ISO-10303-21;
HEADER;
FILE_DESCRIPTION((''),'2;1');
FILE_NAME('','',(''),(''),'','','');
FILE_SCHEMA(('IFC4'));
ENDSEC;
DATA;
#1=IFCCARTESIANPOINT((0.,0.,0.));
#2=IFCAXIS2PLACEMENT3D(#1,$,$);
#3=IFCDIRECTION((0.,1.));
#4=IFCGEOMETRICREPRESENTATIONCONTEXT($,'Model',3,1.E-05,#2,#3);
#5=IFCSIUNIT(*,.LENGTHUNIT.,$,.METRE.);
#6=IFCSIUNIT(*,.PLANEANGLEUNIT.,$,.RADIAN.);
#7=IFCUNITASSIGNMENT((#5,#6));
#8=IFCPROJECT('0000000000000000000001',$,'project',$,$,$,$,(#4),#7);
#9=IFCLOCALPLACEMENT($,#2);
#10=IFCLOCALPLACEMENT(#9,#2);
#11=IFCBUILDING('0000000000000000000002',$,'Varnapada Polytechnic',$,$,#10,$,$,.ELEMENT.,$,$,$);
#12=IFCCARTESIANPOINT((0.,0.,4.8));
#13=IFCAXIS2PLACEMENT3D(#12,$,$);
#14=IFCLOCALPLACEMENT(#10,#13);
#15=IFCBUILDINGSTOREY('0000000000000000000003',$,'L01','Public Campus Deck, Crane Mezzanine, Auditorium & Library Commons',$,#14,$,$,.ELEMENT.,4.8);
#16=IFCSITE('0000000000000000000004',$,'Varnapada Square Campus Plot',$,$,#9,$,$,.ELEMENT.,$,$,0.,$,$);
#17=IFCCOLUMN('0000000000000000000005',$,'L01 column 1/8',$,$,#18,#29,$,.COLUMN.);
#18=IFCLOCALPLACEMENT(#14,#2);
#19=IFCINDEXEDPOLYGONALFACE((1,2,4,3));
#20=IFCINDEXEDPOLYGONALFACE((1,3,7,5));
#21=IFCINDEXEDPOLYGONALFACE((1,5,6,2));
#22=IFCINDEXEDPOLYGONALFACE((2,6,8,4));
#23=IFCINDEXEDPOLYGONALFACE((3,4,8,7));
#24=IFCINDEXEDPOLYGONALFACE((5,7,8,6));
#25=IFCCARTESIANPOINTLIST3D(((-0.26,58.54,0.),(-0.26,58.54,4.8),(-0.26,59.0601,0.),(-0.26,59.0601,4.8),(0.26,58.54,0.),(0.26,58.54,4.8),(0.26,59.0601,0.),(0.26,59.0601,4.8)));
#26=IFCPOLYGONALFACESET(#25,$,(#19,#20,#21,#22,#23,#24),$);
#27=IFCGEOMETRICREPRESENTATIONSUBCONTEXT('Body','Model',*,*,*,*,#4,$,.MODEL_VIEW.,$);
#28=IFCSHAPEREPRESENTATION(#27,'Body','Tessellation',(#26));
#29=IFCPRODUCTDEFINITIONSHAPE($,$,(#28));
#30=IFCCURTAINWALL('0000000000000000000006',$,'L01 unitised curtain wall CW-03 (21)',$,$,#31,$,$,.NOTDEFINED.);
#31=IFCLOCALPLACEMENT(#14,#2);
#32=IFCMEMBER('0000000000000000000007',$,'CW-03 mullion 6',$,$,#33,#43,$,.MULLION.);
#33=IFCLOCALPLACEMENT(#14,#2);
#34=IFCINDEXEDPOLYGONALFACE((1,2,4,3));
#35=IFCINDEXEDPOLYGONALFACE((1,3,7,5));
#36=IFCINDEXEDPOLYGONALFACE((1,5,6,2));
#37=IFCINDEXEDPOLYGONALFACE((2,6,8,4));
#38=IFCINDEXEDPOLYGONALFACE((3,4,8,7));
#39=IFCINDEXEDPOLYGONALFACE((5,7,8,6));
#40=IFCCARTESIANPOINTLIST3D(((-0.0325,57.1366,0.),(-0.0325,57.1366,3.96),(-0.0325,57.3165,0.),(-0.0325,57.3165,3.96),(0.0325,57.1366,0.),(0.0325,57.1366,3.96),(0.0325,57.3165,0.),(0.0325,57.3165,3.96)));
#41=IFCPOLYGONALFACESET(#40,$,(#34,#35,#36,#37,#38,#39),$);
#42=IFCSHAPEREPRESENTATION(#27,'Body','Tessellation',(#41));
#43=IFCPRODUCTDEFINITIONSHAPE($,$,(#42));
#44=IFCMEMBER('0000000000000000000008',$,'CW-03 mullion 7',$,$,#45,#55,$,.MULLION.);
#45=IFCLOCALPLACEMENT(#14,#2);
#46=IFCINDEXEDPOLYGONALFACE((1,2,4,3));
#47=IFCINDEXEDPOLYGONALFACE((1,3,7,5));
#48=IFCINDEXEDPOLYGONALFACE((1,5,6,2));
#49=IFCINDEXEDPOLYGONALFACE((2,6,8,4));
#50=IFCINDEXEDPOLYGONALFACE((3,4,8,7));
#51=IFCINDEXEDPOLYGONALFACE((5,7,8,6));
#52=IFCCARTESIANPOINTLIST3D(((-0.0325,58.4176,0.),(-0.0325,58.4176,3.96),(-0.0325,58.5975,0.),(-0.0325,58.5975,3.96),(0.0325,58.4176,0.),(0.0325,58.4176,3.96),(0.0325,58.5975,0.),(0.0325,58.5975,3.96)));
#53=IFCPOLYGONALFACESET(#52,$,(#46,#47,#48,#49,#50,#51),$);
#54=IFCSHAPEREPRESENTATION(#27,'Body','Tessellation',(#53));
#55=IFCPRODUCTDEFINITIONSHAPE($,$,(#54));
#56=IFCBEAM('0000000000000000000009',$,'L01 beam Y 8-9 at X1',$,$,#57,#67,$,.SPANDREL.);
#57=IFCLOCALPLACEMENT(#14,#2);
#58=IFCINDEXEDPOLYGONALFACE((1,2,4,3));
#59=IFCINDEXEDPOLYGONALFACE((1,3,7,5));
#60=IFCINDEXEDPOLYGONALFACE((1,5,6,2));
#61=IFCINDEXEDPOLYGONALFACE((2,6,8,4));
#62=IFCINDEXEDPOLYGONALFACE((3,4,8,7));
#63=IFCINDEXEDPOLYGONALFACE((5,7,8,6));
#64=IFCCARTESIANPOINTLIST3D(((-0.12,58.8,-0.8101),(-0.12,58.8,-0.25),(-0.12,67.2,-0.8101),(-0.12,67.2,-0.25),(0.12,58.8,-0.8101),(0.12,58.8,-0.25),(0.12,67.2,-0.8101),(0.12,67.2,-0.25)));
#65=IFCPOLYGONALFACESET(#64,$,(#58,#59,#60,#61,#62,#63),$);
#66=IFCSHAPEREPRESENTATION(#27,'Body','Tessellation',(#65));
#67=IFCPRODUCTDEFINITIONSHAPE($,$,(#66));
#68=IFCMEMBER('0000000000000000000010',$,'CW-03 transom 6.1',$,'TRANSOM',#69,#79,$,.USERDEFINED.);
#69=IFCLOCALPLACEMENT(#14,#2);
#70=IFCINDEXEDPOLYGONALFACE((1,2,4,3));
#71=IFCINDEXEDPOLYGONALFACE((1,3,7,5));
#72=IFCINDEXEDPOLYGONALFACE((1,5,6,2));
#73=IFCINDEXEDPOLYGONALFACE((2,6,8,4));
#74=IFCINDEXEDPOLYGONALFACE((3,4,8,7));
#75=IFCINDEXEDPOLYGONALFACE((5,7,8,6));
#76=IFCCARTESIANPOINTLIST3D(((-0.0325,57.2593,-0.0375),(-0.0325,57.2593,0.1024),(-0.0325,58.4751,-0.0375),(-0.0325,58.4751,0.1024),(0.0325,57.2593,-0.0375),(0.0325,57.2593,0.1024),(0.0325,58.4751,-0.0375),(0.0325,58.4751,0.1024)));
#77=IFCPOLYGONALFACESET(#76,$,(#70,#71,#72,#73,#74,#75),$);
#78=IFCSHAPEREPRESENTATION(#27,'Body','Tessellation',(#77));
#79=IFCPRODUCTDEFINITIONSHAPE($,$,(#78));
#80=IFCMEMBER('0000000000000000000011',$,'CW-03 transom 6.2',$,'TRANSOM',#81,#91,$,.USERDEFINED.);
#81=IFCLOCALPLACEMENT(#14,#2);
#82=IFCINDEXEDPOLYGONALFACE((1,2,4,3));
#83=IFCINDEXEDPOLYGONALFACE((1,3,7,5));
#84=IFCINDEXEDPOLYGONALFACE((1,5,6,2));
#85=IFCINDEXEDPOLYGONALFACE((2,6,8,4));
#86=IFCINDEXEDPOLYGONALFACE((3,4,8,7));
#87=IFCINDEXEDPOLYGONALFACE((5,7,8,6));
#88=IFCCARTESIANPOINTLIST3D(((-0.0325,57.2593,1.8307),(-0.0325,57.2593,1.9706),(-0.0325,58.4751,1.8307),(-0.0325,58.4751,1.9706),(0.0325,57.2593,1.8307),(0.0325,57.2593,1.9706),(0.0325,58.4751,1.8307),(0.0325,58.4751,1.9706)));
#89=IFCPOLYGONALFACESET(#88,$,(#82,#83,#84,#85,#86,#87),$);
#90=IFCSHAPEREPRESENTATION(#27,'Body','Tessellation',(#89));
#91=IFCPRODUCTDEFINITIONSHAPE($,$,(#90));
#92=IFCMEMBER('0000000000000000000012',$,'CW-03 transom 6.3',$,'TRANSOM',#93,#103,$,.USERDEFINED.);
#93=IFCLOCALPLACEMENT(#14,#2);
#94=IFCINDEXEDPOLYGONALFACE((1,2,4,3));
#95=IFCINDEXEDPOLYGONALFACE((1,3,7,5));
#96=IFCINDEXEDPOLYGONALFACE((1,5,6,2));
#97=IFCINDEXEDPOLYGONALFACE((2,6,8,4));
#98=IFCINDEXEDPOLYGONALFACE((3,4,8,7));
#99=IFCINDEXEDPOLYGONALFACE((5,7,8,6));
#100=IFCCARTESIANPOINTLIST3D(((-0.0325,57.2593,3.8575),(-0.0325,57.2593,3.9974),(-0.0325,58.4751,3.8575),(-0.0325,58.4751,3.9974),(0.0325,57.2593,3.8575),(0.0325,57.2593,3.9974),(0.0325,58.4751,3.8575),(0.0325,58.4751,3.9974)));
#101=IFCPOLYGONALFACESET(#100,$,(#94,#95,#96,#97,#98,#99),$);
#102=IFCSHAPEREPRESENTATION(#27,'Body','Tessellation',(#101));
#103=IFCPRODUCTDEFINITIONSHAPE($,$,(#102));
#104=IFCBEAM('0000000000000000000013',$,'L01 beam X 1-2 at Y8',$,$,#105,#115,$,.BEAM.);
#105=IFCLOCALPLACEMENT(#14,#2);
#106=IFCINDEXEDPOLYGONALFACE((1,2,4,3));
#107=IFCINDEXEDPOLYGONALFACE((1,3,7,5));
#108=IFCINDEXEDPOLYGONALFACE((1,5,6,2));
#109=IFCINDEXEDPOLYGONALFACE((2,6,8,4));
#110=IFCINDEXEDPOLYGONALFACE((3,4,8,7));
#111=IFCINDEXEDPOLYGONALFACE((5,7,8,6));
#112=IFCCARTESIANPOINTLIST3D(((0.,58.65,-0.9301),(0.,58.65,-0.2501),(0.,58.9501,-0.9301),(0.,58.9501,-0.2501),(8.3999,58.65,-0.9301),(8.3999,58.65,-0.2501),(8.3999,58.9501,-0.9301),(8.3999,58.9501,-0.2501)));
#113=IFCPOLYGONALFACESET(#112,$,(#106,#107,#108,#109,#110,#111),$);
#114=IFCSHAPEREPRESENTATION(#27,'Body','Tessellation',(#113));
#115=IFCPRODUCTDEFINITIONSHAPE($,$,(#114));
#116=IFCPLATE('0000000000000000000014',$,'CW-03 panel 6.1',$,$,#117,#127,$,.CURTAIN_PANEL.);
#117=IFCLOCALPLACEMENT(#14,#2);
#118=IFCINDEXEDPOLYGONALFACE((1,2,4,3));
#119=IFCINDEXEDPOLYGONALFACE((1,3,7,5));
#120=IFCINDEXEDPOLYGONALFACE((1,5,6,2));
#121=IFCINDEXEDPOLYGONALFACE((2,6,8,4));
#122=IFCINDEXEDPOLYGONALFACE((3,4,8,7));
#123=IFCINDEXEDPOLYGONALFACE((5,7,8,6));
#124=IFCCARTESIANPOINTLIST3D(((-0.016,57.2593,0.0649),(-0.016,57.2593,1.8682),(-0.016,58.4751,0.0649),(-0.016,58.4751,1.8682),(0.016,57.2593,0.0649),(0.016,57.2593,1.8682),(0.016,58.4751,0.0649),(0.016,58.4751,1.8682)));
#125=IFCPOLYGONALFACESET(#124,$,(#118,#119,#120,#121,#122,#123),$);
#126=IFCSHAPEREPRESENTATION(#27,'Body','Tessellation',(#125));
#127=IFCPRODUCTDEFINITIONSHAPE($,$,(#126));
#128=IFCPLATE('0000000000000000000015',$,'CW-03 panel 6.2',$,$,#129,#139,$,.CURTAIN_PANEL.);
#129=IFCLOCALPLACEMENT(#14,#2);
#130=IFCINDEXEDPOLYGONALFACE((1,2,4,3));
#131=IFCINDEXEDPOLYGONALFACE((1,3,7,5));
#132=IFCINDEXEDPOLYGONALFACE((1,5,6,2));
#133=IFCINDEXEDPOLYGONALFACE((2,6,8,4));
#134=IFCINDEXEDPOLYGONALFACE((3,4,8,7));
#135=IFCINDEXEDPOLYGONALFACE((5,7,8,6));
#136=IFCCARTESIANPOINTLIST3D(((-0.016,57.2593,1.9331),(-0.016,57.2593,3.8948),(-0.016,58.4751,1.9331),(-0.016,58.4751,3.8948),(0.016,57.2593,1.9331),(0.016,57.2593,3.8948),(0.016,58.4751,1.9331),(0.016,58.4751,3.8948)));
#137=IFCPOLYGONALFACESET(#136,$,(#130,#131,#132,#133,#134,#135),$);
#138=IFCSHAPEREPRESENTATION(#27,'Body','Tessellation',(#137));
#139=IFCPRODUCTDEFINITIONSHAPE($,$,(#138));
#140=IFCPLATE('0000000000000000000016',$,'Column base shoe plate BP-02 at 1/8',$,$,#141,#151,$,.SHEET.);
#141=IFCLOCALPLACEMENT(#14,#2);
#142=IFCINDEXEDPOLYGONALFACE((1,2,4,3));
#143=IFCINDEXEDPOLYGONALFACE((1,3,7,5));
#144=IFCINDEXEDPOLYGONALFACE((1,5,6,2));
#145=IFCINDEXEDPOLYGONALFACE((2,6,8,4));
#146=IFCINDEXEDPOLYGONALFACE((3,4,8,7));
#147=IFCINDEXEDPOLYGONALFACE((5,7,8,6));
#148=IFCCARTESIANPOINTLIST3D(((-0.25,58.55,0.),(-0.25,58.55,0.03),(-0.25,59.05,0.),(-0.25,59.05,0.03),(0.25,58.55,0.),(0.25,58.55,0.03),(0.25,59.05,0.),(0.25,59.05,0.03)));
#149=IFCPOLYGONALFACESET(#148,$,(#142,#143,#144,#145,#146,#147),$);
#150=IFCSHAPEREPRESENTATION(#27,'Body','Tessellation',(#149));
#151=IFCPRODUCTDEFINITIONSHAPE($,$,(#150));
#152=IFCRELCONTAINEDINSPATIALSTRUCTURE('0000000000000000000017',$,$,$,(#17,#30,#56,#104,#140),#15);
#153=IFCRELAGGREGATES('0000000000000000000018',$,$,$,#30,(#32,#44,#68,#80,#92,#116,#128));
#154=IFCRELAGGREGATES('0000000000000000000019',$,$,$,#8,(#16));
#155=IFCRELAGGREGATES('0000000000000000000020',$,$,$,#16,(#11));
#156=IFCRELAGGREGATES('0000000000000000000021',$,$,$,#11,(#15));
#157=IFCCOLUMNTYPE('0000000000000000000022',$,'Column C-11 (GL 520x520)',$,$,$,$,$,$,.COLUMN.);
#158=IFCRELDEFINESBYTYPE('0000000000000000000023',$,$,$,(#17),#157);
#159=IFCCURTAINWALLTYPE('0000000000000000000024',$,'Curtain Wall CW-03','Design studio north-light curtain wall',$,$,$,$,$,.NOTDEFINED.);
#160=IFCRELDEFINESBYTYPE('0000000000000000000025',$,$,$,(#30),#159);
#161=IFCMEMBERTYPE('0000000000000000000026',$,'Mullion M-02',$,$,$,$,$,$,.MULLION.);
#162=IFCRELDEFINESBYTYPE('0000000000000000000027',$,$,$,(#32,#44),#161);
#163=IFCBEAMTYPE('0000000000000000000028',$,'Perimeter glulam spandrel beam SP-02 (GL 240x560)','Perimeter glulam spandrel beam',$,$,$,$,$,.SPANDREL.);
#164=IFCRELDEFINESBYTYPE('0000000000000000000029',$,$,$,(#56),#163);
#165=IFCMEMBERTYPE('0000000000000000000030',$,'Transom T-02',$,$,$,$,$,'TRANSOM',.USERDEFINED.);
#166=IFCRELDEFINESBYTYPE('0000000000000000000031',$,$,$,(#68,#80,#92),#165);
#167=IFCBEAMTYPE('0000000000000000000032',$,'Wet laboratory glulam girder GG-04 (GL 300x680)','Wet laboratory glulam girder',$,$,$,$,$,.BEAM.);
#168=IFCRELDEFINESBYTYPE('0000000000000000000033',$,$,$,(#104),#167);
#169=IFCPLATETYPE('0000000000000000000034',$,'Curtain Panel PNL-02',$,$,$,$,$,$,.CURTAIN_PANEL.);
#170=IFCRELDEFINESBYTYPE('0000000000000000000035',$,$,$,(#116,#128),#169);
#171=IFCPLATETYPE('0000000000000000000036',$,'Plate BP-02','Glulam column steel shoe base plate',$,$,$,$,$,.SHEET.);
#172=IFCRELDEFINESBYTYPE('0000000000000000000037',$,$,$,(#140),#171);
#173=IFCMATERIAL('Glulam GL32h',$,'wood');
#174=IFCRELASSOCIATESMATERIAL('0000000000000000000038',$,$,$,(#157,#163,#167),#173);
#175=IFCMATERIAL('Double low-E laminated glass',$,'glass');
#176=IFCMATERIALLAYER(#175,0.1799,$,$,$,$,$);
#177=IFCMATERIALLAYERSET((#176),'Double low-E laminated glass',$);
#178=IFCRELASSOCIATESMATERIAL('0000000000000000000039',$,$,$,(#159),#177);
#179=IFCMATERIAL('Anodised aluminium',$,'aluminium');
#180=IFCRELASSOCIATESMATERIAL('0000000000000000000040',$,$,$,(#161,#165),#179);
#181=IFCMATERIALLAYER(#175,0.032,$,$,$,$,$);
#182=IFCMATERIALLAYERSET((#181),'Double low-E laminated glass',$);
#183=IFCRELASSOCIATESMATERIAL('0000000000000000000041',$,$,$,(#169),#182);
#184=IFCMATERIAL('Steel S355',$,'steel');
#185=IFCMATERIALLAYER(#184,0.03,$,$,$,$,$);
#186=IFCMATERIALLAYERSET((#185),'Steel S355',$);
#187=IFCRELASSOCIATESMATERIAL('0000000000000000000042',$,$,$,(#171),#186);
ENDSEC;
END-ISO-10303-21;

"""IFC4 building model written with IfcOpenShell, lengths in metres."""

from ifc_helpers import new_model, si_unit, direction, frame, origin, origin_2d, place, context, subcontext, project, spatial, rectangle, extrude, material, layer, layer_set, material_profile, profile_set, type_object, element, aggregate, save


model = new_model("IFC4")

# Units and contexts
model_context = context("Model", 3, precision=1e-05, world=origin(), true_north=direction((0.0, 1.0)))
body_context = subcontext(model_context, "Body", "Model", "MODEL_VIEW")
ifc_project = project(units=[si_unit("LENGTHUNIT", "METRE"), si_unit("PLANEANGLEUNIT", "RADIAN")], contexts=[model_context])

# Site, building, storey
site_placement = place(None, origin())
site = spatial("IfcSite", under=ifc_project, at=site_placement, Name="Varnapada Square Campus Plot", CompositionType="ELEMENT", RefElevation=0.0)
building_placement = place(site_placement, origin())
building = spatial("IfcBuilding", under=site, at=building_placement, Name="Varnapada Polytechnic", CompositionType="ELEMENT")
storey_placement = place(building_placement, frame((0.0, 0.0, 4.8)))
storey = spatial("IfcBuildingStorey", under=building, at=storey_placement, Name="L01", Description="Public Campus Deck, Crane Mezzanine, Auditorium & Library Commons", CompositionType="ELEMENT", Elevation=4.8)

# Column
ifc_material_1 = material(Name="Glulam GL32h", Category="wood")
ifc_material_profile_1 = material_profile(ifc_material_1, rectangle(XDim=0.52, YDim=0.52, at=origin_2d()), Name="GL 520x520")
ifc_profile_set_1 = profile_set([ifc_material_profile_1], Name="Glulam GL32h")
column_type = type_object("IfcColumnType", Name="Column C-11 (GL 520x520)", PredefinedType="COLUMN", material=ifc_profile_set_1)
column_placement = place(storey_placement, frame((0.0, 58.8, 0.0), z_axis=(0.0, 0.0, 1.0), x_axis=(1.0, 0.0, 0.0)))
element("IfcColumn", 1, at=column_placement, inside=storey, type_object=column_type, Name="L01 column 1/8", PredefinedType="COLUMN", context=body_context, shape_type="SweptSolid", body=[
    extrude(rectangle(XDim=0.52, YDim=0.52, at=origin_2d()), origin(), (0.0, 0.0, 1.0), 4.8),
])

# Curtain wall, members
ifc_material_2 = material(Name="Double low-E laminated glass", Category="glass")
ifc_layer_1 = layer(ifc_material_2, 0.1799)
ifc_layer_set_1 = layer_set([ifc_layer_1], Name="Double low-E laminated glass")
curtain_wall_type = type_object("IfcCurtainWallType", Name="Curtain Wall CW-03", Description="Design studio north-light curtain wall", PredefinedType="NOTDEFINED", material=ifc_layer_set_1)
curtain_wall_placement = place(storey_placement, origin())
curtain_wall = element("IfcCurtainWall", 2, at=curtain_wall_placement, inside=storey, type_object=curtain_wall_type, Name="L01 unitised curtain wall CW-03 (21)", PredefinedType="NOTDEFINED")
ifc_material_3 = material(Name="Anodised aluminium", Category="aluminium")
ifc_material_profile_2 = material_profile(ifc_material_3, rectangle(XDim=0.0649, YDim=0.1799, at=origin_2d()), Name="ALU M65x180")
ifc_profile_set_2 = profile_set([ifc_material_profile_2], Name="Anodised aluminium")
member_type_1 = type_object("IfcMemberType", Name="Mullion M-02", PredefinedType="MULLION", material=ifc_profile_set_2)
member_1_placement = place(storey_placement, frame((0.0, 57.2266, 0.0), z_axis=(0.0, 0.0, 1.0), x_axis=(-1.0, 0.0, 0.0)))
member_1 = element("IfcMember", 3, at=member_1_placement, type_object=member_type_1, Name="CW-03 mullion 6", PredefinedType="MULLION", context=body_context, shape_type="SweptSolid", body=[
    extrude(rectangle(XDim=0.0649, YDim=0.1799, at=origin_2d()), origin(), (0.0, 0.0, 1.0), 3.96),
])
member_2_placement = place(storey_placement, frame((0.0, 58.5076, 0.0), z_axis=(0.0, 0.0, 1.0), x_axis=(-1.0, 0.0, 0.0)))
member_2 = element("IfcMember", 4, at=member_2_placement, type_object=member_type_1, Name="CW-03 mullion 7", PredefinedType="MULLION", context=body_context, shape_type="SweptSolid", body=[
    extrude(rectangle(XDim=0.0649, YDim=0.1799, at=origin_2d()), origin(), (0.0, 0.0, 1.0), 3.96),
])

# Beam
ifc_material_profile_3 = material_profile(ifc_material_1, rectangle(XDim=0.24, YDim=0.5601, at=origin_2d()), Name="GL 240x560")
ifc_profile_set_3 = profile_set([ifc_material_profile_3], Name="Glulam GL32h")
beam_type_1 = type_object("IfcBeamType", Name="Perimeter glulam spandrel beam SP-02 (GL 240x560)", Description="Perimeter glulam spandrel beam", PredefinedType="SPANDREL", material=ifc_profile_set_3)
beam_1_placement = place(storey_placement, frame((0.0, 58.8, -0.53), z_axis=(0.0, 1.0, 0.0), x_axis=(-1.0, 0.0, 0.0)))
element("IfcBeam", 5, at=beam_1_placement, inside=storey, type_object=beam_type_1, Name="L01 beam Y 8-9 at X1", PredefinedType="SPANDREL", context=body_context, shape_type="SweptSolid", body=[
    extrude(rectangle(XDim=0.24, YDim=0.5601, at=origin_2d()), origin(), (0.0, 0.0, 1.0), 8.3999),
])

# Members
ifc_material_profile_4 = material_profile(ifc_material_3, rectangle(XDim=0.0649, YDim=0.1399, at=origin_2d()), Name="ALU T65x140")
ifc_profile_set_4 = profile_set([ifc_material_profile_4], Name="Anodised aluminium")
member_type_2 = type_object("IfcMemberType", Name="Transom T-02", ElementType="TRANSOM", PredefinedType="USERDEFINED", material=ifc_profile_set_4)
member_3_placement = place(storey_placement, frame((0.0, 57.2593, 0.0325), z_axis=(0.0, 1.0, 0.0), x_axis=(-1.0, 0.0, 0.0)))
member_3 = element("IfcMember", 6, at=member_3_placement, type_object=member_type_2, Name="CW-03 transom 6.1", ObjectType="TRANSOM", PredefinedType="USERDEFINED", context=body_context, shape_type="SweptSolid", body=[
    extrude(rectangle(XDim=0.0649, YDim=0.1399, at=origin_2d()), origin(), (0.0, 0.0, 1.0), 1.2158),
])
member_4_placement = place(storey_placement, frame((0.0, 57.2593, 1.9006), z_axis=(0.0, 1.0, 0.0), x_axis=(-1.0, 0.0, 0.0)))
member_4 = element("IfcMember", 7, at=member_4_placement, type_object=member_type_2, Name="CW-03 transom 6.2", ObjectType="TRANSOM", PredefinedType="USERDEFINED", context=body_context, shape_type="SweptSolid", body=[
    extrude(rectangle(XDim=0.0649, YDim=0.1399, at=origin_2d()), origin(), (0.0, 0.0, 1.0), 1.2158),
])
member_5_placement = place(storey_placement, frame((0.0, 57.2593, 3.9275), z_axis=(0.0, 1.0, 0.0), x_axis=(-1.0, 0.0, 0.0)))
member_5 = element("IfcMember", 8, at=member_5_placement, type_object=member_type_2, Name="CW-03 transom 6.3", ObjectType="TRANSOM", PredefinedType="USERDEFINED", context=body_context, shape_type="SweptSolid", body=[
    extrude(rectangle(XDim=0.0649, YDim=0.1399, at=origin_2d()), origin(), (0.0, 0.0, 1.0), 1.2158),
])

# Beam
ifc_material_profile_5 = material_profile(ifc_material_1, rectangle(XDim=0.3, YDim=0.6799, at=origin_2d()), Name="GL 300x680")
ifc_profile_set_5 = profile_set([ifc_material_profile_5], Name="Glulam GL32h")
beam_type_2 = type_object("IfcBeamType", Name="Wet laboratory glulam girder GG-04 (GL 300x680)", Description="Wet laboratory glulam girder", PredefinedType="BEAM", material=ifc_profile_set_5)
beam_2_placement = place(storey_placement, frame((0.0, 58.8, -0.5901), z_axis=(1.0, 0.0, 0.0), x_axis=(0.0, 1.0, 0.0)))
element("IfcBeam", 9, at=beam_2_placement, inside=storey, type_object=beam_type_2, Name="L01 beam X 1-2 at Y8", PredefinedType="BEAM", context=body_context, shape_type="SweptSolid", body=[
    extrude(rectangle(XDim=0.3, YDim=0.6799, at=origin_2d()), origin(), (0.0, 0.0, 1.0), 8.3999),
])

# Plates
ifc_layer_2 = layer(ifc_material_2, 0.032)
ifc_layer_set_2 = layer_set([ifc_layer_2], Name="Double low-E laminated glass")
plate_type_1 = type_object("IfcPlateType", Name="Curtain Panel PNL-02", PredefinedType="CURTAIN_PANEL", material=ifc_layer_set_2)
plate_1_placement = place(storey_placement, frame((0.0, 57.8672, 0.0649), z_axis=(0.0, 0.0, 1.0), x_axis=(0.0, 1.0, 0.0)))
plate_1 = element("IfcPlate", 10, at=plate_1_placement, type_object=plate_type_1, Name="CW-03 panel 6.1", PredefinedType="CURTAIN_PANEL", context=body_context, shape_type="SweptSolid", body=[
    extrude(rectangle(XDim=1.2158, YDim=0.032, at=origin_2d()), origin(), (0.0, 0.0, 1.0), 1.8032),
])
plate_2_placement = place(storey_placement, frame((0.0, 57.8672, 1.9331), z_axis=(0.0, 0.0, 1.0), x_axis=(0.0, 1.0, 0.0)))
plate_2 = element("IfcPlate", 11, at=plate_2_placement, type_object=plate_type_1, Name="CW-03 panel 6.2", PredefinedType="CURTAIN_PANEL", context=body_context, shape_type="SweptSolid", body=[
    extrude(rectangle(XDim=1.2158, YDim=0.032, at=origin_2d()), origin(), (0.0, 0.0, 1.0), 1.9617),
])
aggregate(curtain_wall, [member_1, member_2, member_3, member_4, member_5, plate_1, plate_2])
ifc_material_4 = material(Name="Steel S355", Category="steel")
ifc_layer_3 = layer(ifc_material_4, 0.03)
ifc_layer_set_3 = layer_set([ifc_layer_3], Name="Steel S355")
plate_type_2 = type_object("IfcPlateType", Name="Plate BP-02", Description="Glulam column steel shoe base plate", PredefinedType="SHEET", material=ifc_layer_set_3)
plate_3_placement = place(storey_placement, frame((0.0, 58.8, 0.0), z_axis=(0.0, 0.0, 1.0), x_axis=(1.0, 0.0, 0.0)))
element("IfcPlate", 12, at=plate_3_placement, inside=storey, type_object=plate_type_2, Name="Column base shoe plate BP-02 at 1/8", PredefinedType="SHEET", context=body_context, shape_type="SweptSolid", body=[
    extrude(rectangle(XDim=0.5, YDim=0.5, at=origin_2d()), origin(), (0.0, 0.0, 1.0), 0.03),
])

save(model, "model.ifc")
